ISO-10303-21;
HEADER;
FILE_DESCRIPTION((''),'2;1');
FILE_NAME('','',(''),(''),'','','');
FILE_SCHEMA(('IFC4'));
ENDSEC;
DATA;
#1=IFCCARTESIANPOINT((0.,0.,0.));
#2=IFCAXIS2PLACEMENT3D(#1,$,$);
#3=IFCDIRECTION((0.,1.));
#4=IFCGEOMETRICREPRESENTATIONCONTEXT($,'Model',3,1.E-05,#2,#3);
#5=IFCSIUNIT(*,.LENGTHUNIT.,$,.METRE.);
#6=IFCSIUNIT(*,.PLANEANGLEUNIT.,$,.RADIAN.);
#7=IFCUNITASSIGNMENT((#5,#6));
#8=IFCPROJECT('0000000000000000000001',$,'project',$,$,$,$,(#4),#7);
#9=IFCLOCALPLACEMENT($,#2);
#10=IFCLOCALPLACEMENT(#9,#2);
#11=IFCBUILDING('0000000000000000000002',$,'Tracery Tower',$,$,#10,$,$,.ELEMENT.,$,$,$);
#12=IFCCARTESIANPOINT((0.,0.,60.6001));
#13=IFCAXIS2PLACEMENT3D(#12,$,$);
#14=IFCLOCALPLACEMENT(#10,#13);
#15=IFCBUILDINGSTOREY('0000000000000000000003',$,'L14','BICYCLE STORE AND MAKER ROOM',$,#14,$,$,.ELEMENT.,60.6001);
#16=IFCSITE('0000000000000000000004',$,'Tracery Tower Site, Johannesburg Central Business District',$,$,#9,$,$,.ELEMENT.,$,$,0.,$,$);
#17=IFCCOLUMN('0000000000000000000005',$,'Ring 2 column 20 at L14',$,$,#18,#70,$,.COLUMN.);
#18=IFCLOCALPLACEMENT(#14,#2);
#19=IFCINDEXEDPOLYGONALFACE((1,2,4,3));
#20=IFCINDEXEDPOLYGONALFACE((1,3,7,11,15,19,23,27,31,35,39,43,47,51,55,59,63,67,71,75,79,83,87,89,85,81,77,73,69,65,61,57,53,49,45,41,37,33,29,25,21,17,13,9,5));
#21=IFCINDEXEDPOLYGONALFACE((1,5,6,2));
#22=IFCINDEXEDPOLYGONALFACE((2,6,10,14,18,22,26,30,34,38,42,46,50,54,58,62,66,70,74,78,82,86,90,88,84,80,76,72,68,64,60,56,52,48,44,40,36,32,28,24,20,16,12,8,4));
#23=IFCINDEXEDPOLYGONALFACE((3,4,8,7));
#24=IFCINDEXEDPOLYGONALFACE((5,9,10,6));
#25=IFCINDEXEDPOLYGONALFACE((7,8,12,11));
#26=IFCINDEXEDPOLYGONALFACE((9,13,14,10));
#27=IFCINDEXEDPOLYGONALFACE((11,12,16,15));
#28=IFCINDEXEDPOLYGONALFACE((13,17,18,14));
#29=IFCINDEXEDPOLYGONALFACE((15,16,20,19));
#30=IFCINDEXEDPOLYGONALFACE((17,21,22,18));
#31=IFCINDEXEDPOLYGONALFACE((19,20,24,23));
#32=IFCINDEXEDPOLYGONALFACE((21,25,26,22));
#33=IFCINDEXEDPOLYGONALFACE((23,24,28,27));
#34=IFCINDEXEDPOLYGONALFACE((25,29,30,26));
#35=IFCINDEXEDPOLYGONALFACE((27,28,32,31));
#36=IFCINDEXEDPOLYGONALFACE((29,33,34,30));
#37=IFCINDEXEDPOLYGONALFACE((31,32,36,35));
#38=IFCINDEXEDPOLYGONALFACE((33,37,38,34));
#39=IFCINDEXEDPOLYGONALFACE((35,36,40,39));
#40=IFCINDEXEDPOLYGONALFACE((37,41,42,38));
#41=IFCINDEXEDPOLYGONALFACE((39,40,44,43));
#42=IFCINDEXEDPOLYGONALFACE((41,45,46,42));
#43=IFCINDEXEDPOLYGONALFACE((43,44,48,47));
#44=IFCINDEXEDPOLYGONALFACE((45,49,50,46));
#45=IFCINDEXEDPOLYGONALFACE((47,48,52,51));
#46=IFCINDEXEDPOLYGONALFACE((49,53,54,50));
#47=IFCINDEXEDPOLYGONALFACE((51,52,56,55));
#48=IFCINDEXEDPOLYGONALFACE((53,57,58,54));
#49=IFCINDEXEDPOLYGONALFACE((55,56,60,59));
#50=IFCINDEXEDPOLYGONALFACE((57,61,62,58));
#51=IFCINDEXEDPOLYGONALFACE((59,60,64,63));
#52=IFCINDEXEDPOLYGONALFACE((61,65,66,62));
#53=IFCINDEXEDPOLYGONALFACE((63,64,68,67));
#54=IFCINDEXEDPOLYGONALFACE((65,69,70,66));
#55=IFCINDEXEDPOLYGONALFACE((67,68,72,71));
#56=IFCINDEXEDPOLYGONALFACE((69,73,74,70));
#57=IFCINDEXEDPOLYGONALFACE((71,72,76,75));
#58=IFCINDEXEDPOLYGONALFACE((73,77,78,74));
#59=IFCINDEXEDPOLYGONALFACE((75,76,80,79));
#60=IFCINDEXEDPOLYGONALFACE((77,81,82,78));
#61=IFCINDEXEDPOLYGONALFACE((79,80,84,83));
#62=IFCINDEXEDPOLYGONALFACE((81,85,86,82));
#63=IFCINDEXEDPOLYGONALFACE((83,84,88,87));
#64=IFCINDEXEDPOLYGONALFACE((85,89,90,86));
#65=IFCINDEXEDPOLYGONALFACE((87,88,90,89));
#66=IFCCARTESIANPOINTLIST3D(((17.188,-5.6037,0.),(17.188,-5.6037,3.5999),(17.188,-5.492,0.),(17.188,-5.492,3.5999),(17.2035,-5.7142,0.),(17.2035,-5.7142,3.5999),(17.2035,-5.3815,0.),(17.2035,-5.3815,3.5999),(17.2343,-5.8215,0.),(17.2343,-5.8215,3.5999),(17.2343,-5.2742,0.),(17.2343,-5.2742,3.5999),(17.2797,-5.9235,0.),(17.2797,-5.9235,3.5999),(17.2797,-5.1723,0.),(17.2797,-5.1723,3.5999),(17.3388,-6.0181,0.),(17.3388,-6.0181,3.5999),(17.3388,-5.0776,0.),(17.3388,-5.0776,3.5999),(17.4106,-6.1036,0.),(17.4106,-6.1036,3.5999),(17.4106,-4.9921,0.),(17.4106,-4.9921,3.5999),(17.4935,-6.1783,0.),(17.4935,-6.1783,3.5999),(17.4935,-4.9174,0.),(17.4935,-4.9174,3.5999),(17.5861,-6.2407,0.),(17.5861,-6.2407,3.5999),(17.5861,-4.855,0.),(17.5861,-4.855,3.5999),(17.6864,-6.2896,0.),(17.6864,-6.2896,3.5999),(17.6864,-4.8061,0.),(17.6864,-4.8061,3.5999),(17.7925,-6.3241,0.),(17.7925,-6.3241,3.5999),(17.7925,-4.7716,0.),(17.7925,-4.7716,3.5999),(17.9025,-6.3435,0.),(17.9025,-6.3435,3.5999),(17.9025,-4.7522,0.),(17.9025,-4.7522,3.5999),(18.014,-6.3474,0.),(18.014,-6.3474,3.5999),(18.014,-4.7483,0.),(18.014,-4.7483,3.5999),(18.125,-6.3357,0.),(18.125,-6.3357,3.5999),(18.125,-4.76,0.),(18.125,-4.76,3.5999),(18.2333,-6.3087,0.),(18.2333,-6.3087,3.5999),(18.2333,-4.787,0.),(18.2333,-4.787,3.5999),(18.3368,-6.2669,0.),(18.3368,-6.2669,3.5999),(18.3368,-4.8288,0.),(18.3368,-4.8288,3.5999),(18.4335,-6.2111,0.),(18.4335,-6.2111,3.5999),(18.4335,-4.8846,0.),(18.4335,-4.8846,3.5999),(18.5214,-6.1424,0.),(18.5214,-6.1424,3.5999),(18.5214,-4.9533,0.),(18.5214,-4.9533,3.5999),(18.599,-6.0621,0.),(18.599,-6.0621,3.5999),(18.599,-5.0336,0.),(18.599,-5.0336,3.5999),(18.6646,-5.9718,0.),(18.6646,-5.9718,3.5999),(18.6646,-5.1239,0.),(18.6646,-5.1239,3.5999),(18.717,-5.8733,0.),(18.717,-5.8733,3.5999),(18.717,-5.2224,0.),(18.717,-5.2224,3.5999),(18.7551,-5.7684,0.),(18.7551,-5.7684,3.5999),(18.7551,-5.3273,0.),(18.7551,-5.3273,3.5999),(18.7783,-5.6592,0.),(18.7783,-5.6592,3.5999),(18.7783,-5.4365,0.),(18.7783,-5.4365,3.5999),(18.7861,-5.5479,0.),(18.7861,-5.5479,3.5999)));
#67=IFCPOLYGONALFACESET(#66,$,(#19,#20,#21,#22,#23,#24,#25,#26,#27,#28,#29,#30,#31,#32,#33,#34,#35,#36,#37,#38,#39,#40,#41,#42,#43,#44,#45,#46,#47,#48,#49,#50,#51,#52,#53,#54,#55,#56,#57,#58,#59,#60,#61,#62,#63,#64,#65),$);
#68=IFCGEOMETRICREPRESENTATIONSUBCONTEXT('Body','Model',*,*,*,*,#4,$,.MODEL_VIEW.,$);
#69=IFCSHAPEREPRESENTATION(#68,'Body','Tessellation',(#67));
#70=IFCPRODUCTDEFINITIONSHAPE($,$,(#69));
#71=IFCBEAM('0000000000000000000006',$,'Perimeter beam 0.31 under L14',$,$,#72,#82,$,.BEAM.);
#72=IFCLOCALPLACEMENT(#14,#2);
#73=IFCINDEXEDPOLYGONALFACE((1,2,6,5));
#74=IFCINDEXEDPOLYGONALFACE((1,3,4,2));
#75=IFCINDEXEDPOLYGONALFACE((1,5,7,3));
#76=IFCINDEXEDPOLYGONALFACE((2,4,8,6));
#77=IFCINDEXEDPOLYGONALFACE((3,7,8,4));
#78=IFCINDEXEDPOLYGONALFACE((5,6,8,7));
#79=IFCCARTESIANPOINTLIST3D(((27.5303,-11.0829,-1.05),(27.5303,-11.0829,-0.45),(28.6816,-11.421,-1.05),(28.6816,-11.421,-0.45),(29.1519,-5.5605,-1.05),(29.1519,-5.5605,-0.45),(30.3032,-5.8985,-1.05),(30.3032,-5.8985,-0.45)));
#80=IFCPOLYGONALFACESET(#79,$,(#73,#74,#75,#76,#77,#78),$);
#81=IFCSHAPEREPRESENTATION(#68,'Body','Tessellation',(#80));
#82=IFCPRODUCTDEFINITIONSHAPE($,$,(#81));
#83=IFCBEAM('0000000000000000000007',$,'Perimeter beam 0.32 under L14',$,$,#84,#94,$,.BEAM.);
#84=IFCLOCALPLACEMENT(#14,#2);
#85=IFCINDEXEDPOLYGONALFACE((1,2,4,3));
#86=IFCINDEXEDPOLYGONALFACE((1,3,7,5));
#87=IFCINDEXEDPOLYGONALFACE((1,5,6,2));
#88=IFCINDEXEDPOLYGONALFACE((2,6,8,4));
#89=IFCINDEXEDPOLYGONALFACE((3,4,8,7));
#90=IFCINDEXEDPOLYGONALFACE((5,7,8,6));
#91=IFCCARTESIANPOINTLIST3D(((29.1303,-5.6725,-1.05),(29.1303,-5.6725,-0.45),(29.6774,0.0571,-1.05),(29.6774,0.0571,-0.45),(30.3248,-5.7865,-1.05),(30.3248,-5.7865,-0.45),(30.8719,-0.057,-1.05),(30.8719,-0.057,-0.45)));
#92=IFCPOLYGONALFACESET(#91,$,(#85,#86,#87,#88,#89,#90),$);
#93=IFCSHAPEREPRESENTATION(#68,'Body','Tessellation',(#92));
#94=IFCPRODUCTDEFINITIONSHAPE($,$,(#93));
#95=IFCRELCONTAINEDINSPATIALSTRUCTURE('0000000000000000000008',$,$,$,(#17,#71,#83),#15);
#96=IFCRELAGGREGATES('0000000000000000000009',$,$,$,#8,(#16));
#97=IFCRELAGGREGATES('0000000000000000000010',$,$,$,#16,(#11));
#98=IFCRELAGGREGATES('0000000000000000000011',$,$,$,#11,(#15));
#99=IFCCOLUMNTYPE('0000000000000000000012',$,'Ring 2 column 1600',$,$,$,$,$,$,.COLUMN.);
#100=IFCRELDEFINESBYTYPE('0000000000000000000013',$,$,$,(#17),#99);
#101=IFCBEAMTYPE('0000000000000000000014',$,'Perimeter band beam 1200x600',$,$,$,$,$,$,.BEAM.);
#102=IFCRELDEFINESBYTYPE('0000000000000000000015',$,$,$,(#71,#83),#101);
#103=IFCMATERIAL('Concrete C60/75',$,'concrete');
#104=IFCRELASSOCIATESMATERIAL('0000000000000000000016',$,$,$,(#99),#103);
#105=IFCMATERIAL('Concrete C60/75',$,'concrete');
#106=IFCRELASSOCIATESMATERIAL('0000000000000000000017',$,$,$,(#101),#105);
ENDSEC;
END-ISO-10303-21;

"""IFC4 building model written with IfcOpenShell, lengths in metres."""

from ifc_helpers import new_model, si_unit, direction, frame, origin, origin_2d, place, context, subcontext, project, spatial, rectangle, circle, extrude, material, material_profile, profile_set, type_object, element, save


model = new_model("IFC4")

# Units and contexts
model_context = context("Model", 3, precision=1e-05, world=origin(), true_north=direction((0.0, 1.0)))
body_context = subcontext(model_context, "Body", "Model", "MODEL_VIEW")
ifc_project = project(units=[si_unit("LENGTHUNIT", "METRE"), si_unit("PLANEANGLEUNIT", "RADIAN")], contexts=[model_context])

# Site, building, storey
site_placement = place(None, origin())
site = spatial("IfcSite", under=ifc_project, at=site_placement, Name="Tracery Tower Site, Johannesburg Central Business District", CompositionType="ELEMENT", RefElevation=0.0)
building_placement = place(site_placement, origin())
building = spatial("IfcBuilding", under=site, at=building_placement, Name="Tracery Tower", CompositionType="ELEMENT")
storey_placement = place(building_placement, frame((0.0, 0.0, 60.6001)))
storey = spatial("IfcBuildingStorey", under=building, at=storey_placement, Name="L14", Description="BICYCLE STORE AND MAKER ROOM", CompositionType="ELEMENT", Elevation=60.6001)

# Column
ifc_material_1 = material(Name="Concrete C60/75", Category="concrete")
ifc_material_profile_1 = material_profile(ifc_material_1, circle(Radius=0.8, at=origin_2d()), Name="RC D1600")
ifc_profile_set_1 = profile_set([ifc_material_profile_1], Name="Concrete C60/75")
column_type_1 = type_object("IfcColumnType", Name="Ring 2 column 1600", PredefinedType="COLUMN", material=ifc_profile_set_1)
for number, where, z_axis, x_axis, name in (
    (1, (17.9861, -5.5479, 0.0), (0.0, 0.0, 1.0), (1.0, 0.0, 0.0), "Ring 2 column 20 at L14"),
):
    element("IfcColumn", number, at=place(storey_placement, frame(where, z_axis=z_axis, x_axis=x_axis)), inside=storey, type_object=column_type_1, Name=name, PredefinedType="COLUMN", context=body_context, shape_type="SweptSolid", body=[
        extrude(circle(Radius=0.8, at=origin_2d()), origin(), (0.0, 0.0, 1.0), 3.5999),
    ])

# Beams
ifc_material_2 = material(Name="Concrete C60/75", Category="concrete")
ifc_material_profile_2 = material_profile(ifc_material_2, rectangle(XDim=1.2, YDim=0.6001, at=origin_2d()), Name="RC 1200x600")
ifc_profile_set_2 = profile_set([ifc_material_profile_2], Name="Concrete C60/75")
beam_type = type_object("IfcBeamType", Name="Perimeter band beam 1200x600", PredefinedType="BEAM", material=ifc_profile_set_2)
for number, where, z_axis, x_axis, name in (
    (2, (28.106, -11.252, -0.75), (0.281739, 0.959491, 0.0), (-0.959491, 0.281739, 0.0), "Perimeter beam 0.31 under L14"),
    (3, (29.7275, -5.7295, -0.75), (0.095059, 0.995472, 0.0), (-0.995472, 0.095059, 0.0), "Perimeter beam 0.32 under L14"),
):
    element("IfcBeam", number, at=place(storey_placement, frame(where, z_axis=z_axis, x_axis=x_axis)), inside=storey, type_object=beam_type, Name=name, PredefinedType="BEAM", context=body_context, shape_type="SweptSolid", body=[
        extrude(rectangle(XDim=1.2, YDim=0.6001, at=origin_2d()), origin(), (0.0, 0.0, 1.0), 5.7556),
    ])

save(model, "model.ifc")
